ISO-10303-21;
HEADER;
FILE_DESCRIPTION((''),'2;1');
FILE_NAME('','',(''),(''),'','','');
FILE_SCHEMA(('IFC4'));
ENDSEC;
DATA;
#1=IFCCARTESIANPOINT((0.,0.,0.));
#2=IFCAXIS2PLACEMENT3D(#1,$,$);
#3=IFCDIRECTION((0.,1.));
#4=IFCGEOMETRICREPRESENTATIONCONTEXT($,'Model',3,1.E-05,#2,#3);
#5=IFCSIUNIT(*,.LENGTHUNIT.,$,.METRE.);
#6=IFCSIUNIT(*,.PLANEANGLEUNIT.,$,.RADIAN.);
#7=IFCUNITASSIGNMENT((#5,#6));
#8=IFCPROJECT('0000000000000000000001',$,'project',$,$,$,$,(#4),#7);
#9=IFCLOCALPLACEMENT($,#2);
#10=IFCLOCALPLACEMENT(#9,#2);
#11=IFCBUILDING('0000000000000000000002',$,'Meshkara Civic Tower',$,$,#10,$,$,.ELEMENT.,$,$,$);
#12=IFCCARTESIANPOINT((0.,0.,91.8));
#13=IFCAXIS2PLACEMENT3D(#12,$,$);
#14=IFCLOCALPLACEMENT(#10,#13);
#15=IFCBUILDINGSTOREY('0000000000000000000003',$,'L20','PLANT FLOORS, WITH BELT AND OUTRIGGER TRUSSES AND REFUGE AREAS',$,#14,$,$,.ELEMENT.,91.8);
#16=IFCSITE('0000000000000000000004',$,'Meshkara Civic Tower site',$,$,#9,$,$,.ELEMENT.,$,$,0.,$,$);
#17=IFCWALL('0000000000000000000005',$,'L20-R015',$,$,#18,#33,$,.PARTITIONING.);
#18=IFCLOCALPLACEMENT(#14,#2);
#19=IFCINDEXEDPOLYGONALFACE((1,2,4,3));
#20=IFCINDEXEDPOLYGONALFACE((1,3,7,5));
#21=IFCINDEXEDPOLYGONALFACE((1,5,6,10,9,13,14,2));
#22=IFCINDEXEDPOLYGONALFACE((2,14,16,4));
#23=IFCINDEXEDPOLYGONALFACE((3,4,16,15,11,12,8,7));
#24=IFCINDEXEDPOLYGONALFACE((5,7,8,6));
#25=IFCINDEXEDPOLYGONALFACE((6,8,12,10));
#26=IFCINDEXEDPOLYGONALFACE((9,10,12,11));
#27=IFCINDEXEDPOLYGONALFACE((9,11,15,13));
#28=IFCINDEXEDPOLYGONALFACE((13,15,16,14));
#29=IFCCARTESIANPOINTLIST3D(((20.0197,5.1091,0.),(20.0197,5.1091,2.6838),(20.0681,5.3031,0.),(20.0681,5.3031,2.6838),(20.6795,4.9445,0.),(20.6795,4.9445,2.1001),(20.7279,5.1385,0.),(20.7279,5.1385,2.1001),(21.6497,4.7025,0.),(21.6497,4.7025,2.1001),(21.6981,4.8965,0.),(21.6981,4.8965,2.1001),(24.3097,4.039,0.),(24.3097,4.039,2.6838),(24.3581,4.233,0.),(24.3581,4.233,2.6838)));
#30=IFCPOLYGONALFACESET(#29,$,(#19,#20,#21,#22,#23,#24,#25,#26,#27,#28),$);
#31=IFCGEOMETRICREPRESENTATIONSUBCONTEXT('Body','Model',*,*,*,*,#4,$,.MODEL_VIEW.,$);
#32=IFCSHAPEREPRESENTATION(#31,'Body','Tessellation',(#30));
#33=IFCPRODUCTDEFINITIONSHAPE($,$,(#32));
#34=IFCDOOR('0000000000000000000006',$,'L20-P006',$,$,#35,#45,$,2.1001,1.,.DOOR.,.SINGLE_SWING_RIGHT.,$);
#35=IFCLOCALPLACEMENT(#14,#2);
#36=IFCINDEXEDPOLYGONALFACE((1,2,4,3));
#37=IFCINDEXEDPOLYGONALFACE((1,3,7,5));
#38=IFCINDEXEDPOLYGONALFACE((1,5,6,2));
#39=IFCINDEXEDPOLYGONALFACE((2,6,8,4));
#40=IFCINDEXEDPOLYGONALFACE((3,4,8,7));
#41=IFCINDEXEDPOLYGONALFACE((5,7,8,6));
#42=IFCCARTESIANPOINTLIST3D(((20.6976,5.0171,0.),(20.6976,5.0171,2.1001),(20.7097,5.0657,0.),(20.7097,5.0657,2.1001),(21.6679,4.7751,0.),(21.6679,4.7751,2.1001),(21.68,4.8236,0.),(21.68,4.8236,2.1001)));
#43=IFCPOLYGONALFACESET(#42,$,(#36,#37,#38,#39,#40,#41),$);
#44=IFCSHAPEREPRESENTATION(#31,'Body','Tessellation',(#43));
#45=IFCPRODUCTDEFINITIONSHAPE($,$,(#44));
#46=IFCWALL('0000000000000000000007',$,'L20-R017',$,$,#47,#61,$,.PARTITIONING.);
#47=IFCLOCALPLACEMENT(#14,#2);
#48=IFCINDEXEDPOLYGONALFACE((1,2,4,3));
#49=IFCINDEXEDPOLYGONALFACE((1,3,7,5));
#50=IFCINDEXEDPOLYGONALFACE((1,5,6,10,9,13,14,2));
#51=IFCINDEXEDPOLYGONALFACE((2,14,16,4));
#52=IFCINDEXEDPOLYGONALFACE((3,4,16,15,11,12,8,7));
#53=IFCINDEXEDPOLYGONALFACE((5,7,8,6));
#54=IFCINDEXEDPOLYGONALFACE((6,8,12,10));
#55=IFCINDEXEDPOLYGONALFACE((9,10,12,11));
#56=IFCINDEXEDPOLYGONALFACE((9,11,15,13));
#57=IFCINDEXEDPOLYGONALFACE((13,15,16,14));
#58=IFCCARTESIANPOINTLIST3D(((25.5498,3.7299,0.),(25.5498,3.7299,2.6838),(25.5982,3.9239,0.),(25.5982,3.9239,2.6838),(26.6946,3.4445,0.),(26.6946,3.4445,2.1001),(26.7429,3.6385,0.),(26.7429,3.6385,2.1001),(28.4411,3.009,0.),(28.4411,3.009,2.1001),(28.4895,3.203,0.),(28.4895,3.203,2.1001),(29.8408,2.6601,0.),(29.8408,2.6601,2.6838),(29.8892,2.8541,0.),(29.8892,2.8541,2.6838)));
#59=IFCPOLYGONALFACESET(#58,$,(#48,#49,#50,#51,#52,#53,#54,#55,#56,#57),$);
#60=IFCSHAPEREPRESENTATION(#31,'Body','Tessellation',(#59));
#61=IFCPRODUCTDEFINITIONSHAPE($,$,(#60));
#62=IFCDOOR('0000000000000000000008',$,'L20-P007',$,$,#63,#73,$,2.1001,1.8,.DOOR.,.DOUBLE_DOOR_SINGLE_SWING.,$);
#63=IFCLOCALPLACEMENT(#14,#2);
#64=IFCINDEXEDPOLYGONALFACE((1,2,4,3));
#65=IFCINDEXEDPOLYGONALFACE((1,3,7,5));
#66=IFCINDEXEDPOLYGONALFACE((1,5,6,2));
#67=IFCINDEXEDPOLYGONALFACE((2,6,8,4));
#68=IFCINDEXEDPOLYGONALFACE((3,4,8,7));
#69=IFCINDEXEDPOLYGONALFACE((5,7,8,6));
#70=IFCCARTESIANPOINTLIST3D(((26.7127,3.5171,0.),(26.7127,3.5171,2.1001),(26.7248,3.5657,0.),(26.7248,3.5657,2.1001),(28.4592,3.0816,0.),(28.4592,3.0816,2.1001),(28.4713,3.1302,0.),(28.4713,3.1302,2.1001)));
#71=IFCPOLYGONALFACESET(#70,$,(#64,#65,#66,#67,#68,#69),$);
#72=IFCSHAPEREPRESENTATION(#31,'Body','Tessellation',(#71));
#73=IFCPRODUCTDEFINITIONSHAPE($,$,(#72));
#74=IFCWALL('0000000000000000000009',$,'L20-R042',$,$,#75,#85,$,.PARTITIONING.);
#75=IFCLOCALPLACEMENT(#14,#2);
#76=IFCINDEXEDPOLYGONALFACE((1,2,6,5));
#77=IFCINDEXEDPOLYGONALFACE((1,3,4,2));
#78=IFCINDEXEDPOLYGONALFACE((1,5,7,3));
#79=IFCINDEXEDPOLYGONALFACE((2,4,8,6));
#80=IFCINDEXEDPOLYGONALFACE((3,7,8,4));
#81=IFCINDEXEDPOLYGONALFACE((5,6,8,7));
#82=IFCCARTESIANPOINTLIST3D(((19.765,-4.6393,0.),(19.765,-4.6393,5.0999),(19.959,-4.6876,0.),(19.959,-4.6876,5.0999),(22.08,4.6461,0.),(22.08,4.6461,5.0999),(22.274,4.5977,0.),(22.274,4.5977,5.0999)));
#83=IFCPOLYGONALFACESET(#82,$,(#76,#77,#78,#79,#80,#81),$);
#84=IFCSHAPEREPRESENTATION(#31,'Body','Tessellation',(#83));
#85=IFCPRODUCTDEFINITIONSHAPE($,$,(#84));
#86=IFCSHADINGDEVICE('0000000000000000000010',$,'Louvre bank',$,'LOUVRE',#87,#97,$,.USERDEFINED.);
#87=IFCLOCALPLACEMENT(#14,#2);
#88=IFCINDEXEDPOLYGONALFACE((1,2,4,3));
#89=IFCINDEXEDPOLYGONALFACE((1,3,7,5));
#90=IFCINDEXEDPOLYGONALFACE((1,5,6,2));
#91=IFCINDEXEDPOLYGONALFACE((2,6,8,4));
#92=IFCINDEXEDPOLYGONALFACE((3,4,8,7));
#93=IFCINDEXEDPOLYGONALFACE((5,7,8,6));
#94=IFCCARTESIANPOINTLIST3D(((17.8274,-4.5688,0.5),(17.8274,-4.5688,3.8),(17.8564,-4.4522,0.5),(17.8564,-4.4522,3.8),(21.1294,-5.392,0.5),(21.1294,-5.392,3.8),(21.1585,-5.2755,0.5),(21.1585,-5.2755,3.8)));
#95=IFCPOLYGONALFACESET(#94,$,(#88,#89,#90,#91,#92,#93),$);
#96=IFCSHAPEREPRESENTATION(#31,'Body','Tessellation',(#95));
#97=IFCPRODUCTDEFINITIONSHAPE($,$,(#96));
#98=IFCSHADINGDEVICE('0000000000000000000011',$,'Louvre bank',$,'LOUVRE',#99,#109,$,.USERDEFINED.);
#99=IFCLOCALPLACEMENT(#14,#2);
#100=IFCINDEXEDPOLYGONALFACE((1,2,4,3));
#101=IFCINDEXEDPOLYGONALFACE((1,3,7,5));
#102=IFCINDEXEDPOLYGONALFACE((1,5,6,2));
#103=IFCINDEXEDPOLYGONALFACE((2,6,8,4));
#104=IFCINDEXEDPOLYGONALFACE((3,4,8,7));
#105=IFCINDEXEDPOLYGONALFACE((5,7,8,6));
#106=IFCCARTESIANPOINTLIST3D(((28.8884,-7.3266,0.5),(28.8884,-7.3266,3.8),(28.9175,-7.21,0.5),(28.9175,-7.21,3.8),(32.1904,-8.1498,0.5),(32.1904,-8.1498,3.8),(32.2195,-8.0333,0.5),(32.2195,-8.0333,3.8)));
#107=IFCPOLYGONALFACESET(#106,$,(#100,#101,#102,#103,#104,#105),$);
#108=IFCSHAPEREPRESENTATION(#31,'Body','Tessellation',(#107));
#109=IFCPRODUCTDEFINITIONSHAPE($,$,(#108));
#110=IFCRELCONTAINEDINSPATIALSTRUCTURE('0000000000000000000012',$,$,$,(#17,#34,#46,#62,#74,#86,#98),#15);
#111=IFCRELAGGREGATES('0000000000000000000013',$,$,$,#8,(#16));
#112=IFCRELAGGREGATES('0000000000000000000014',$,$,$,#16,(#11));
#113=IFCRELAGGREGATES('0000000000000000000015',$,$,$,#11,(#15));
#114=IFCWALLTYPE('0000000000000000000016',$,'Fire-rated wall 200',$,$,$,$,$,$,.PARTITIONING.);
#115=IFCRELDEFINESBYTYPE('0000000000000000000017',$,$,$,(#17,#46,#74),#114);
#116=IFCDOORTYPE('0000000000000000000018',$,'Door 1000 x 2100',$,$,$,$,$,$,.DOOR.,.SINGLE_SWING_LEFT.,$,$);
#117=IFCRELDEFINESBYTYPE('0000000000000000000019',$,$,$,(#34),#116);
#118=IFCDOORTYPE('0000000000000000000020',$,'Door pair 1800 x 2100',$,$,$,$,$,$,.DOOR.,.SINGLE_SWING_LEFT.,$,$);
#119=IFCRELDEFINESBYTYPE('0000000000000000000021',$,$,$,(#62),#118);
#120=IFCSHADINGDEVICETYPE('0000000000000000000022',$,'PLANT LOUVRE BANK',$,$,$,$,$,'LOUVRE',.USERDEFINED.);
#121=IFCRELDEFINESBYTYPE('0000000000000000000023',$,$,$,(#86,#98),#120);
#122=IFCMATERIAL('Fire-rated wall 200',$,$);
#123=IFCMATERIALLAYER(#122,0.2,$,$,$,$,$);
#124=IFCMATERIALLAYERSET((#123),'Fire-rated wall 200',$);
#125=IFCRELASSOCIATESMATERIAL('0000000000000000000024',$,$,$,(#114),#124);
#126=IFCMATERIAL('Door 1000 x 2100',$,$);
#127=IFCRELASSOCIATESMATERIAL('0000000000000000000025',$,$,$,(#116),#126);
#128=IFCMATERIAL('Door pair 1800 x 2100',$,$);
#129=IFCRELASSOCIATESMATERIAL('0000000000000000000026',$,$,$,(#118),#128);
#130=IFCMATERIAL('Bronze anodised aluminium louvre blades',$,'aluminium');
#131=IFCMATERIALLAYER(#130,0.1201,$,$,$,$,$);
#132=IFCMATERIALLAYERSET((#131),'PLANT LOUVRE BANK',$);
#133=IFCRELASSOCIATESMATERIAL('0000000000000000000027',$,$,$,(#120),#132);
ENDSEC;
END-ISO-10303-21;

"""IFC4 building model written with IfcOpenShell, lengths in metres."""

from ifc_helpers import new_model, si_unit, direction, frame, frame_2d, origin, origin_2d, place, context, subcontext, project, spatial, rectangle, extrude, material, layer, layer_set, type_object, element, fill, save


model = new_model("IFC4")

# Units and contexts
model_context = context("Model", 3, precision=1e-05, world=origin(), true_north=direction((0.0, 1.0)))
body_context = subcontext(model_context, "Body", "Model", "MODEL_VIEW")
ifc_project = project(units=[si_unit("LENGTHUNIT", "METRE"), si_unit("PLANEANGLEUNIT", "RADIAN")], contexts=[model_context])

# Site, building, storey
site_placement = place(None, origin())
site = spatial("IfcSite", under=ifc_project, at=site_placement, Name="Meshkara Civic Tower site", CompositionType="ELEMENT", RefElevation=0.0)
building_placement = place(site_placement, origin())
building = spatial("IfcBuilding", under=site, at=building_placement, Name="Meshkara Civic Tower", CompositionType="ELEMENT")
storey_placement = place(building_placement, frame((0.0, 0.0, 91.8)))
storey = spatial("IfcBuildingStorey", under=building, at=storey_placement, Name="L20", Description="PLANT FLOORS, WITH BELT AND OUTRIGGER TRUSSES AND REFUGE AREAS", CompositionType="ELEMENT", Elevation=91.8)

# Walls, openings, doors
ifc_material_1 = material(Name="Fire-rated wall 200")
ifc_layer_1 = layer(ifc_material_1, 0.2)
ifc_layer_set_1 = layer_set([ifc_layer_1], Name="Fire-rated wall 200")
wall_type_1 = type_object("IfcWallType", Name="Fire-rated wall 200", PredefinedType="PARTITIONING", material=ifc_layer_set_1)
wall_1_placement = place(storey_placement, frame((20.0439, 5.2061, 0.0), z_axis=(0.0, 0.0, 1.0), x_axis=(0.970272, -0.242016, 0.0)))
wall_1 = element("IfcWall", 1, at=wall_1_placement, inside=storey, type_object=wall_type_1, Name="L20-R015", PredefinedType="PARTITIONING", context=body_context, shape_type="SweptSolid", body=[
    extrude(rectangle(XDim=4.4214, YDim=0.2, at=frame_2d((2.2107, 0.0))), origin(), (0.0, 0.0, 1.0), 2.6838),
])
opening_1_placement = place(wall_1_placement, frame((0.6799, 0.0, 0.0)))
opening_1 = element("IfcOpeningElement", 2, at=opening_1_placement, cuts=wall_1, PredefinedType="OPENING", context=body_context, shape_type="SweptSolid", body=[
    extrude(rectangle(XDim=1.0, YDim=2.1001, at=frame_2d((0.5, 1.05))), frame((0.0, 0.1099, 0.0), z_axis=(0.0, -1.0, 0.0), x_axis=(1.0, 0.0, 0.0)), (0.0, 0.0, 1.0), 0.22),
])
ifc_material_2 = material(Name="Door 1000 x 2100")
door_type_1 = type_object("IfcDoorType", Name="Door 1000 x 2100", OperationType="SINGLE_SWING_LEFT", PredefinedType="DOOR", material=ifc_material_2)
door_1_placement = place(opening_1_placement, origin())
door_1 = element("IfcDoor", 3, at=door_1_placement, inside=storey, type_object=door_type_1, Name="L20-P006", OperationType="SINGLE_SWING_RIGHT", OverallHeight=2.1001, OverallWidth=1.0, PredefinedType="DOOR", context=body_context, shape_type="SweptSolid", body=[
    extrude(rectangle(XDim=1.0, YDim=2.1001, at=frame_2d((0.5, 1.05))), frame((0.0, 0.0249, 0.0), z_axis=(0.0, -1.0, 0.0), x_axis=(1.0, 0.0, 0.0)), (0.0, 0.0, 1.0), 0.05),
])
fill(opening_1, door_1)
wall_2_placement = place(storey_placement, frame((25.574, 3.8269, 0.0), z_axis=(0.0, 0.0, 1.0), x_axis=(0.970298, -0.241912, 0.0)))
wall_2 = element("IfcWall", 4, at=wall_2_placement, inside=storey, type_object=wall_type_1, Name="L20-R017", PredefinedType="PARTITIONING", context=body_context, shape_type="SweptSolid", body=[
    extrude(rectangle(XDim=4.4224, YDim=0.2, at=frame_2d((2.2112, 0.0))), origin(), (0.0, 0.0, 1.0), 2.6838),
])
opening_2_placement = place(wall_2_placement, frame((1.1799, 0.0, 0.0)))
opening_2 = element("IfcOpeningElement", 5, at=opening_2_placement, cuts=wall_2, PredefinedType="OPENING", context=body_context, shape_type="SweptSolid", body=[
    extrude(rectangle(XDim=1.8, YDim=2.1001, at=frame_2d((0.8999, 1.05))), frame((0.0, 0.1099, 0.0), z_axis=(0.0, -1.0, 0.0), x_axis=(1.0, 0.0, 0.0)), (0.0, 0.0, 1.0), 0.22),
])
ifc_material_3 = material(Name="Door pair 1800 x 2100")
door_type_2 = type_object("IfcDoorType", Name="Door pair 1800 x 2100", OperationType="SINGLE_SWING_LEFT", PredefinedType="DOOR", material=ifc_material_3)
door_2_placement = place(opening_2_placement, origin())
door_2 = element("IfcDoor", 6, at=door_2_placement, inside=storey, type_object=door_type_2, Name="L20-P007", OperationType="DOUBLE_DOOR_SINGLE_SWING", OverallHeight=2.1001, OverallWidth=1.8, PredefinedType="DOOR", context=body_context, shape_type="SweptSolid", body=[
    extrude(rectangle(XDim=1.8, YDim=2.1001, at=frame_2d((0.8999, 1.05))), frame((0.0, 0.0249, 0.0), z_axis=(0.0, -1.0, 0.0), x_axis=(1.0, 0.0, 0.0)), (0.0, 0.0, 1.0), 0.05),
])
fill(opening_2, door_2)

# Wall
wall_3_placement = place(storey_placement, frame((19.8621, -4.6633, 0.0), z_axis=(0.0, 0.0, 1.0), x_axis=(0.241905, 0.9703, 0.0)))
element("IfcWall", 7, at=wall_3_placement, inside=storey, type_object=wall_type_1, Name="L20-R042", PredefinedType="PARTITIONING", context=body_context, shape_type="SweptSolid", body=[
    extrude(rectangle(XDim=9.5696, YDim=0.2, at=frame_2d((4.7847, 0.0))), origin(), (0.0, 0.0, 1.0), 5.0999),
])

# Shading devices
ifc_material_4 = material(Name="Bronze anodised aluminium louvre blades", Category="aluminium")
ifc_layer_2 = layer(ifc_material_4, 0.1201)
ifc_layer_set_2 = layer_set([ifc_layer_2], Name="PLANT LOUVRE BANK")
shading_device_type = type_object("IfcShadingDeviceType", Name="PLANT LOUVRE BANK", ElementType="LOUVRE", PredefinedType="USERDEFINED", material=ifc_layer_set_2)
for number, where, z_axis, x_axis, name in (
    (8, (19.4929, -4.9221, 0.5), (0.0, 0.0, 1.0), (0.9703, -0.241905, 0.0), "Louvre bank"),
    (9, (30.554, -7.6799, 0.5), (0.0, 0.0, 1.0), (0.9703, -0.241905, 0.0), "Louvre bank"),
):
    element("IfcShadingDevice", number, at=place(storey_placement, frame(where, z_axis=z_axis, x_axis=x_axis)), inside=storey, type_object=shading_device_type, Name=name, ObjectType="LOUVRE", PredefinedType="USERDEFINED", context=body_context, shape_type="SweptSolid", body=[
        extrude(rectangle(XDim=3.4031, YDim=0.1201, at=origin_2d()), origin(), (0.0, 0.0, 1.0), 3.3),
    ])

save(model, "model.ifc")
